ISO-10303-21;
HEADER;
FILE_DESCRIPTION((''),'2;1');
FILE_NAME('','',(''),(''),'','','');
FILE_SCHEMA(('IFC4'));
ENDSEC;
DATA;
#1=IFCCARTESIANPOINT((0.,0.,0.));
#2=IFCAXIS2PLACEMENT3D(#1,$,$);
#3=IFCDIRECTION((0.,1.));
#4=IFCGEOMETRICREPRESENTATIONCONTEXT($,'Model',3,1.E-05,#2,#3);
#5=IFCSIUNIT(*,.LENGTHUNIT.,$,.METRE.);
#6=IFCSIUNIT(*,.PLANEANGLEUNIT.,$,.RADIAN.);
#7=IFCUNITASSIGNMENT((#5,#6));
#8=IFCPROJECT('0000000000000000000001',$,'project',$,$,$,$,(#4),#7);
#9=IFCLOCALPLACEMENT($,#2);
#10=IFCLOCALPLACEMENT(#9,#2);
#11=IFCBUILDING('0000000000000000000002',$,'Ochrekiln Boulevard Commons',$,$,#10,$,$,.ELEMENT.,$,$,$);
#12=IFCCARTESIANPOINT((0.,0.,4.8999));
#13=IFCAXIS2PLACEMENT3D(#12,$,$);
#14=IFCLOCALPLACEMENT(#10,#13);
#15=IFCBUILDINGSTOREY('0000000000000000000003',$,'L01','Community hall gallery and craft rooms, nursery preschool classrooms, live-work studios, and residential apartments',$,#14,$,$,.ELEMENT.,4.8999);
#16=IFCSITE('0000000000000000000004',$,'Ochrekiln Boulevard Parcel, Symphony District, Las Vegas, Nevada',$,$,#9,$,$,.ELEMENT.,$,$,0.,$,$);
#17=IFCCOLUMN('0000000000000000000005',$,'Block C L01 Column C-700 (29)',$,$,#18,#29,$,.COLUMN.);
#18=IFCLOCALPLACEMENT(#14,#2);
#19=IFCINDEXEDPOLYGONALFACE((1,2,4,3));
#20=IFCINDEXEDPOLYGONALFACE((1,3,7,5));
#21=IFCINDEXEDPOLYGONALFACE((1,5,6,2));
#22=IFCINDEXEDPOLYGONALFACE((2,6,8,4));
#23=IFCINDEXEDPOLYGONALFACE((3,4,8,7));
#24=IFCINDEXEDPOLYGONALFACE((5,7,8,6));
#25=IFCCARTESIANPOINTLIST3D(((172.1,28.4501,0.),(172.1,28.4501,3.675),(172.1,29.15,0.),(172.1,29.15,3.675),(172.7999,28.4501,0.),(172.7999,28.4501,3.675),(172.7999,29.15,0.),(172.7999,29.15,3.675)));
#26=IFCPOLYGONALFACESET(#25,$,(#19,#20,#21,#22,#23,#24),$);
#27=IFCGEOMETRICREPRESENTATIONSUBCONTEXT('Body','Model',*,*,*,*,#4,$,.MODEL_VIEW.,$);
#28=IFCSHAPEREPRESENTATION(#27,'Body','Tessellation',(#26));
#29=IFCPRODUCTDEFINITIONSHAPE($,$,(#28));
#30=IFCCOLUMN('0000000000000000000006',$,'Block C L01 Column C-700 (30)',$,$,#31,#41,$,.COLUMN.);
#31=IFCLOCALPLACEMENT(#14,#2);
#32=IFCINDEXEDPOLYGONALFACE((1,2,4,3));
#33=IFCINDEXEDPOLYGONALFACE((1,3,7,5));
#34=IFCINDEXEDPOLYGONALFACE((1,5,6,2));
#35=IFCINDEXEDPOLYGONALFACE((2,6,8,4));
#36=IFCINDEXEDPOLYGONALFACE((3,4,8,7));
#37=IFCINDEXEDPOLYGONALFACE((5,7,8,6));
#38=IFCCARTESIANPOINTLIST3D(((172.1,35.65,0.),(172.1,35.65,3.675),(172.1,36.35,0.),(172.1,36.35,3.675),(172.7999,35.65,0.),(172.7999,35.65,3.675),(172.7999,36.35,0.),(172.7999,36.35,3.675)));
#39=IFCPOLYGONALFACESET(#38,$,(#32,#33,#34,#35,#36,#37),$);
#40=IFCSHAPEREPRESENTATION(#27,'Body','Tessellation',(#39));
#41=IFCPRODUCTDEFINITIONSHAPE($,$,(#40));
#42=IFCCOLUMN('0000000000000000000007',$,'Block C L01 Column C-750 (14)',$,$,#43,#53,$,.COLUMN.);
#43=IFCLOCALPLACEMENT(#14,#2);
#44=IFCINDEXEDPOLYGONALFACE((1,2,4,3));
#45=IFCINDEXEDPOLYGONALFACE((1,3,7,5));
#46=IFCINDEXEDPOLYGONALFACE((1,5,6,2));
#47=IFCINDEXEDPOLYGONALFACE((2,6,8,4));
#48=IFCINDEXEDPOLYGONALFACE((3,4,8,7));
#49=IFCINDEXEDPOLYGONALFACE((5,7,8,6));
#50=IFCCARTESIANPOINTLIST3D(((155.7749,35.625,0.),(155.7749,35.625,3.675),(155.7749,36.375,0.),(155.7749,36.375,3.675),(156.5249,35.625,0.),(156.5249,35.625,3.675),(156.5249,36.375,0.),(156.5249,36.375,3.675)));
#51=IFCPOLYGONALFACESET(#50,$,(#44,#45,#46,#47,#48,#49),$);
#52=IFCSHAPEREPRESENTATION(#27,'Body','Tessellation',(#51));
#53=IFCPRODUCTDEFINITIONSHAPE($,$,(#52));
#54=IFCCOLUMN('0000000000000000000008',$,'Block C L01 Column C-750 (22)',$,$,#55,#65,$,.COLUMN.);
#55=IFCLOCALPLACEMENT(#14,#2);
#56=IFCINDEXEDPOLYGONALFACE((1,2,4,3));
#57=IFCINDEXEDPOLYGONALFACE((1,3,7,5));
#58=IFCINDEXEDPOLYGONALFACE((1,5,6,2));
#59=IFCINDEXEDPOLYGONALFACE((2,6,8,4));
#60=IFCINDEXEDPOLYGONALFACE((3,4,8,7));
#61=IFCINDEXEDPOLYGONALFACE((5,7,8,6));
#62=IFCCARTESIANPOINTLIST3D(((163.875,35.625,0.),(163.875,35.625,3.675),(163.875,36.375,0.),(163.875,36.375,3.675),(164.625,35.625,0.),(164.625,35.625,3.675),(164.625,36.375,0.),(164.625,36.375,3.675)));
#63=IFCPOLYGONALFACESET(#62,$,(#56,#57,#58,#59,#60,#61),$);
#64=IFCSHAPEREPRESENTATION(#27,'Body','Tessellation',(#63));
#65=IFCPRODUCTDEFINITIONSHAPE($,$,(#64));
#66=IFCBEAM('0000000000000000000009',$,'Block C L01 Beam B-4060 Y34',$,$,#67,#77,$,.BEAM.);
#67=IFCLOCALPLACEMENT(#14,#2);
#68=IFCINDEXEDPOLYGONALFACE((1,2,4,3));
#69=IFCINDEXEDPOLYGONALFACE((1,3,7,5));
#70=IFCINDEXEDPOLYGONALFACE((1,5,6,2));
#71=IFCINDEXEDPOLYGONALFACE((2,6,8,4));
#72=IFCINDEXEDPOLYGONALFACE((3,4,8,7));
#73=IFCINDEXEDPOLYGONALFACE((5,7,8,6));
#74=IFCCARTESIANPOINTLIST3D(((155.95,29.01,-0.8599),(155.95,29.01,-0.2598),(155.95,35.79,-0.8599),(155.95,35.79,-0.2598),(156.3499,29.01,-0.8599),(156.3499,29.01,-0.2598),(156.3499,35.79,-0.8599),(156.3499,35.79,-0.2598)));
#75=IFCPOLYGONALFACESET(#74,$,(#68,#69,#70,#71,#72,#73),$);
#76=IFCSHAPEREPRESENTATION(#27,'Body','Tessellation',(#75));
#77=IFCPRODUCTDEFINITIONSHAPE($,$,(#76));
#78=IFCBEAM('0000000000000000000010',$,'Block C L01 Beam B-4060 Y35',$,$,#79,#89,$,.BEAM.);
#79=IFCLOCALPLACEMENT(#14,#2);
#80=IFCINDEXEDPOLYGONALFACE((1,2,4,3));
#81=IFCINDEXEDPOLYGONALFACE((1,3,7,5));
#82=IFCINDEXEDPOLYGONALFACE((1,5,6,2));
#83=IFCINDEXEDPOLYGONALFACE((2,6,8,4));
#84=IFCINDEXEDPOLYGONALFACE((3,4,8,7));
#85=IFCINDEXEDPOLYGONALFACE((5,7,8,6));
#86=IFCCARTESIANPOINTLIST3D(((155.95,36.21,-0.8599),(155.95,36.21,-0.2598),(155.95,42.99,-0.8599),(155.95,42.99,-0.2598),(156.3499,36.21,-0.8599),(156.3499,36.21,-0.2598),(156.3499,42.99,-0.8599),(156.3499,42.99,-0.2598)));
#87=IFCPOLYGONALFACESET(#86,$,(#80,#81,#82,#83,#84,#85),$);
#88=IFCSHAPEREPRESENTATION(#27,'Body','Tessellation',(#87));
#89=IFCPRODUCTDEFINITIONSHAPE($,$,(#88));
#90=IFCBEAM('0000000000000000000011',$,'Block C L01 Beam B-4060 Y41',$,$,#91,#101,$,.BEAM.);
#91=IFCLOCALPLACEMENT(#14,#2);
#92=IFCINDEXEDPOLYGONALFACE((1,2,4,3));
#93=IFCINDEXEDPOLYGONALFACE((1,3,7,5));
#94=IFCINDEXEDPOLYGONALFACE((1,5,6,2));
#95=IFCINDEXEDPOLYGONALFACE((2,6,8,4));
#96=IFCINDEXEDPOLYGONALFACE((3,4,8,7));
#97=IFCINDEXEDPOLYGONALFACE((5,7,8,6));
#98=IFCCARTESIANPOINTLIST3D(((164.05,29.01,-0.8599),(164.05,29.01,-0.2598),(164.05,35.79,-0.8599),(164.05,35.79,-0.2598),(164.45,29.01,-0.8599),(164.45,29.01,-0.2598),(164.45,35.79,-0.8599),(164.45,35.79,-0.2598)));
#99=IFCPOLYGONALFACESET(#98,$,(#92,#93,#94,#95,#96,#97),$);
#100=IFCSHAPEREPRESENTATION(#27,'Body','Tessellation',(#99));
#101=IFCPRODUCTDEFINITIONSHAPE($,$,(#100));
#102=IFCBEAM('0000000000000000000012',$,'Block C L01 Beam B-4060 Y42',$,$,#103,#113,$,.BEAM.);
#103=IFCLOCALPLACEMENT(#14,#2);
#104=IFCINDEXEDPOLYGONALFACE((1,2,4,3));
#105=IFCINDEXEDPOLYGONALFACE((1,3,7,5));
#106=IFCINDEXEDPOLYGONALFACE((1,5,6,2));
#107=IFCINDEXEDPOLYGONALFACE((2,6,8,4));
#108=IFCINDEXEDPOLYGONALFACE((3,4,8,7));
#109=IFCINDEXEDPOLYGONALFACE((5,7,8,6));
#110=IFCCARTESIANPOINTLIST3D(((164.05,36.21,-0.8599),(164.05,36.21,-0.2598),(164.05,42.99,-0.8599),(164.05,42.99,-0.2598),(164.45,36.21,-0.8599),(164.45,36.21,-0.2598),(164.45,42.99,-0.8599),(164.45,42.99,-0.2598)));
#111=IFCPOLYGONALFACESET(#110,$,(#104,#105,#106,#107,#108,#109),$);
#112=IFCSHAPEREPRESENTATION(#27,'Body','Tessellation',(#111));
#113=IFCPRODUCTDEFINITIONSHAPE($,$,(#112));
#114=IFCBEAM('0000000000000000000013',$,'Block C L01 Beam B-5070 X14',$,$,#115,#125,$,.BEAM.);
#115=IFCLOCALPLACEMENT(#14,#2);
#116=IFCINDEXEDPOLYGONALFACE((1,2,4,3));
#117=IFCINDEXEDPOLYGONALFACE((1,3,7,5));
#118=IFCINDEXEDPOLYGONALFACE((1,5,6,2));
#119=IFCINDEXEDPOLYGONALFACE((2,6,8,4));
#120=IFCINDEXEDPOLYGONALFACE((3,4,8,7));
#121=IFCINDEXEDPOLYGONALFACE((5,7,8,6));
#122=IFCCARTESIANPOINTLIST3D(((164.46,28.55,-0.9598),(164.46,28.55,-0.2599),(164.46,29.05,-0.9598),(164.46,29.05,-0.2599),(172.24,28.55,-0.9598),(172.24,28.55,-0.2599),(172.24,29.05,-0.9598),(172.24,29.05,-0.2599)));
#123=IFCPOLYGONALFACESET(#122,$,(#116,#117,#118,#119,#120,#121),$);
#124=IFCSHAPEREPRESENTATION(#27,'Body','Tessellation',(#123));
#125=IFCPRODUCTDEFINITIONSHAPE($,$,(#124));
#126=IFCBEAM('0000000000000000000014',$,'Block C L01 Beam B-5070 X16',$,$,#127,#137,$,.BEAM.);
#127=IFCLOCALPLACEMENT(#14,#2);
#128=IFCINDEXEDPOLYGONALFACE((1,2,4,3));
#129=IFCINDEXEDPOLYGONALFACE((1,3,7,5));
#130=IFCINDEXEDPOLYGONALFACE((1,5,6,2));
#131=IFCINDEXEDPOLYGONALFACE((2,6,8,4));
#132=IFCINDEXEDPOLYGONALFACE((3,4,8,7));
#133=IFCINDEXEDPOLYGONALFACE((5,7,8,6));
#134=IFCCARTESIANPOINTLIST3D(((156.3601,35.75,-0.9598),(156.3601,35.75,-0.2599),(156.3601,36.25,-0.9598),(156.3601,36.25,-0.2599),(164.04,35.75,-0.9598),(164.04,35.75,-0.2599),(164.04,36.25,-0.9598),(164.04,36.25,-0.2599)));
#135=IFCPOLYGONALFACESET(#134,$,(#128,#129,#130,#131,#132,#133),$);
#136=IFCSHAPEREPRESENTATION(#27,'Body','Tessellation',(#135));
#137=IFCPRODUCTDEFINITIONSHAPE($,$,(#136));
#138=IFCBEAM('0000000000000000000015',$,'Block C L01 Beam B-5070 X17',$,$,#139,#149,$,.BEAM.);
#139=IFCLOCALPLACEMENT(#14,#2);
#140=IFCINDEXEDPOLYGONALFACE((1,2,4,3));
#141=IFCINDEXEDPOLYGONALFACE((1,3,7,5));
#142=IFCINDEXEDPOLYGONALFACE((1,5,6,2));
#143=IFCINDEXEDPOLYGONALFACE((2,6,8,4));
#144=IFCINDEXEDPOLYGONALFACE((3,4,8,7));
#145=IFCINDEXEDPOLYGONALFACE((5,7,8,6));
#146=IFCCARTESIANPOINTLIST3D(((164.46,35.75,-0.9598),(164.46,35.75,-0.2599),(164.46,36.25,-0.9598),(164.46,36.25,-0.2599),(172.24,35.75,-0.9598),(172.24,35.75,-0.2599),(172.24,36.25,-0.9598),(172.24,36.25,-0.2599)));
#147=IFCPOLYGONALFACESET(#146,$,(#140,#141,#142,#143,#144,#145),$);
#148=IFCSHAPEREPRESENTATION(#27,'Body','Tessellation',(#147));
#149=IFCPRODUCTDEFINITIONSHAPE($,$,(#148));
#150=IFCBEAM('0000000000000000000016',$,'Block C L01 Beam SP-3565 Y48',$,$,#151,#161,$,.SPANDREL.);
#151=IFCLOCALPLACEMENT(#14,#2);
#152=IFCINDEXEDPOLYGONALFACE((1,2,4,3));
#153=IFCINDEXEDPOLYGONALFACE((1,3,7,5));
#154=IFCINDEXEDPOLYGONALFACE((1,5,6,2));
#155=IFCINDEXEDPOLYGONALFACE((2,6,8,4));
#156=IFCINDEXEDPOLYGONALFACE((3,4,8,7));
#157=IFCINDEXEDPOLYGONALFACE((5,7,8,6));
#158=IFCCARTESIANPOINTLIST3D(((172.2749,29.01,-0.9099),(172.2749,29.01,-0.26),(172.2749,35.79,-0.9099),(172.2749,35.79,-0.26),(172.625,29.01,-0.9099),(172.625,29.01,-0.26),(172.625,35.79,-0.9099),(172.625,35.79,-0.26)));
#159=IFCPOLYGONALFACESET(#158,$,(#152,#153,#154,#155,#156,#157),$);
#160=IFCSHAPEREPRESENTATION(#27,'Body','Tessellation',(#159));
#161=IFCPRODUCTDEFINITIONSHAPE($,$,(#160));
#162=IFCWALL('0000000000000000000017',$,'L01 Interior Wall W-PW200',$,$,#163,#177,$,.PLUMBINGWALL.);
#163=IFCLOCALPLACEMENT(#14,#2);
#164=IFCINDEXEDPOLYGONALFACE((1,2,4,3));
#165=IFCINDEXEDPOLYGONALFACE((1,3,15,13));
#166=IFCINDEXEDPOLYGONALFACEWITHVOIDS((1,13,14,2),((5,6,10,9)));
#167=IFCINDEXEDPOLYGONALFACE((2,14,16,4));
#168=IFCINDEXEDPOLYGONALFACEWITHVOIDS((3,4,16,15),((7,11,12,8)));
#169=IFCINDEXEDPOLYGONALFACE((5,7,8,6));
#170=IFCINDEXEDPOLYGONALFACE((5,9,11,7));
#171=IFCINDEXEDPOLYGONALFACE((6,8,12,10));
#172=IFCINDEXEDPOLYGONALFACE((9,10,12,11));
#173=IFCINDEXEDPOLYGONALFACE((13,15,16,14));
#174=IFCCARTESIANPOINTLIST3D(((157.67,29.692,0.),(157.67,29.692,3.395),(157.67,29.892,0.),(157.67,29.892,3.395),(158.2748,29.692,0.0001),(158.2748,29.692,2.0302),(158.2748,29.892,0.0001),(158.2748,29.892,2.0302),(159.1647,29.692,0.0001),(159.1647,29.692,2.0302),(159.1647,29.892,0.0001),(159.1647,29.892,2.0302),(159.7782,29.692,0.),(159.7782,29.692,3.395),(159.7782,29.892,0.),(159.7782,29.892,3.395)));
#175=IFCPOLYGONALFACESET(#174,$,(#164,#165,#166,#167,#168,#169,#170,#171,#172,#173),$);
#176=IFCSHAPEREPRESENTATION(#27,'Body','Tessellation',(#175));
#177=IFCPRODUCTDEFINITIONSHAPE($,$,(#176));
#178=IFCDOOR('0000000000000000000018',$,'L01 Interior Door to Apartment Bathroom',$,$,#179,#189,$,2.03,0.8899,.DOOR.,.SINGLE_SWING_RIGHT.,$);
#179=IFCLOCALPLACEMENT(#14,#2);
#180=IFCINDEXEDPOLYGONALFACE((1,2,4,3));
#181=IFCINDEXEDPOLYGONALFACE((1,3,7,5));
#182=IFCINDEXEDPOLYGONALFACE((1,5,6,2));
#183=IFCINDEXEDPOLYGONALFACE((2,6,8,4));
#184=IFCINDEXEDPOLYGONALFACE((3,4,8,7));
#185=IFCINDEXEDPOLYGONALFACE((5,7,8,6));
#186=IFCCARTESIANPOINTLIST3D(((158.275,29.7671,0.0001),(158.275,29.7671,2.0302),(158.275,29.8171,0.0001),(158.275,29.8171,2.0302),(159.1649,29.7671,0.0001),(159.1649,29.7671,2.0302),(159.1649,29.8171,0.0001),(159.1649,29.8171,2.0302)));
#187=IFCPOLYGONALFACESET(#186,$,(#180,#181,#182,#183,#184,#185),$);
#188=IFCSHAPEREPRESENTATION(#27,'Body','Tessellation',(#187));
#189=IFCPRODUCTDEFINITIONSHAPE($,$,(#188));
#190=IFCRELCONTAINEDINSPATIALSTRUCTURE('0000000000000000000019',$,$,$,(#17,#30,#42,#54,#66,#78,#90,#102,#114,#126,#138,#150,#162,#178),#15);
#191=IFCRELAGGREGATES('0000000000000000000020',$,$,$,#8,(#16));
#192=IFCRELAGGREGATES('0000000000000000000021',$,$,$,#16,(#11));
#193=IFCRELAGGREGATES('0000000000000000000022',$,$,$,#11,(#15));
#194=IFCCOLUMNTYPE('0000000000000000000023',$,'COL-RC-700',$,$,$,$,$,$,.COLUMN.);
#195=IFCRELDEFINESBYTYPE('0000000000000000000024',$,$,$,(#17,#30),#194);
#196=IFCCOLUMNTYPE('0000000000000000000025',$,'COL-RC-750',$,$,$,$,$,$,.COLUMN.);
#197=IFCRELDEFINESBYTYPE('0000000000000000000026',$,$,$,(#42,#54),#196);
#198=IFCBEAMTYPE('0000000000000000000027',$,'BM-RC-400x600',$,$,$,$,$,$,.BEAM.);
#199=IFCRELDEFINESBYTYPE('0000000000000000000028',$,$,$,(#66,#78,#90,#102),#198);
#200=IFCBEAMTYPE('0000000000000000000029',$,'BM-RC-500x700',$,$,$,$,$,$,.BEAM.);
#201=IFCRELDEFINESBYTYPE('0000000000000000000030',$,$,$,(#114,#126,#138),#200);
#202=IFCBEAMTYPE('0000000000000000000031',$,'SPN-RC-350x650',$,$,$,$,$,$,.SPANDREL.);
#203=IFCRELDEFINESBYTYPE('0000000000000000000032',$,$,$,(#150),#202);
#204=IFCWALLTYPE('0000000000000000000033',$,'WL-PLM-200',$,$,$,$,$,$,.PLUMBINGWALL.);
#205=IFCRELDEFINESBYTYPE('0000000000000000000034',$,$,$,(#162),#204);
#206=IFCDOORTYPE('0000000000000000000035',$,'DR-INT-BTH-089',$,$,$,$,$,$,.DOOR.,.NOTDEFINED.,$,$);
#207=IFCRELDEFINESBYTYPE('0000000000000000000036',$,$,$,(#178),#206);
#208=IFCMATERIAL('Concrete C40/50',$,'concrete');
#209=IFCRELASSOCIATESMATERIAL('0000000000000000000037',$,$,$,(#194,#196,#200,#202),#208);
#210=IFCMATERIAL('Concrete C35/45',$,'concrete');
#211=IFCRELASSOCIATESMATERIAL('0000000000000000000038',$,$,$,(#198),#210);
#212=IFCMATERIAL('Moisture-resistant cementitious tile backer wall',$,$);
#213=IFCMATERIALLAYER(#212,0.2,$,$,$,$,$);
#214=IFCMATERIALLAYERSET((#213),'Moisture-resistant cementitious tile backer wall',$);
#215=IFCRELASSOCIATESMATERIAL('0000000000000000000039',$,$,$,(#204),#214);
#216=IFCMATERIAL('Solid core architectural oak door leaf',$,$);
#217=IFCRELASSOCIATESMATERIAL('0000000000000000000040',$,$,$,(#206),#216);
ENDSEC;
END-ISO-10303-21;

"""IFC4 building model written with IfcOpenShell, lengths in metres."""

from ifc_helpers import new_model, si_unit, direction, frame, frame_2d, origin, origin_2d, place, context, subcontext, project, spatial, rectangle, extrude, material, layer, layer_set, material_profile, profile_set, type_object, element, fill, save


model = new_model("IFC4")

# Units and contexts
model_context = context("Model", 3, precision=1e-05, world=origin(), true_north=direction((0.0, 1.0)))
body_context = subcontext(model_context, "Body", "Model", "MODEL_VIEW")
ifc_project = project(units=[si_unit("LENGTHUNIT", "METRE"), si_unit("PLANEANGLEUNIT", "RADIAN")], contexts=[model_context])

# Site, building, storey
site_placement = place(None, origin())
site = spatial("IfcSite", under=ifc_project, at=site_placement, Name="Ochrekiln Boulevard Parcel, Symphony District, Las Vegas, Nevada", CompositionType="ELEMENT", RefElevation=0.0)
building_placement = place(site_placement, origin())
building = spatial("IfcBuilding", under=site, at=building_placement, Name="Ochrekiln Boulevard Commons", CompositionType="ELEMENT")
storey_placement = place(building_placement, frame((0.0, 0.0, 4.8999)))
storey = spatial("IfcBuildingStorey", under=building, at=storey_placement, Name="L01", Description="Community hall gallery and craft rooms, nursery preschool classrooms, live-work studios, and residential apartments", CompositionType="ELEMENT", Elevation=4.8999)

# Columns
ifc_material_1 = material(Name="Concrete C40/50", Category="concrete")
ifc_material_profile_1 = material_profile(ifc_material_1, rectangle(XDim=0.7, YDim=0.7, at=origin_2d()), Name="RC-COL-700x700")
ifc_profile_set_1 = profile_set([ifc_material_profile_1], Name="Concrete C40/50")
column_type_1 = type_object("IfcColumnType", Name="COL-RC-700", PredefinedType="COLUMN", material=ifc_profile_set_1)
for number, where, z_axis, x_axis, name in (
    (1, (172.45, 28.8, 0.0), (0.0, 0.0, 1.0), (1.0, 0.0, 0.0), "Block C L01 Column C-700 (29)"),
    (2, (172.45, 36.0, 0.0), (0.0, 0.0, 1.0), (1.0, 0.0, 0.0), "Block C L01 Column C-700 (30)"),
):
    element("IfcColumn", number, at=place(storey_placement, frame(where, z_axis=z_axis, x_axis=x_axis)), inside=storey, type_object=column_type_1, Name=name, PredefinedType="COLUMN", context=body_context, shape_type="SweptSolid", body=[
        extrude(rectangle(XDim=0.7, YDim=0.7, at=origin_2d()), origin(), (0.0, 0.0, 1.0), 3.675),
    ])
ifc_material_profile_2 = material_profile(ifc_material_1, rectangle(XDim=0.75, YDim=0.75, at=origin_2d()), Name="RC-COL-750x750")
ifc_profile_set_2 = profile_set([ifc_material_profile_2], Name="Concrete C40/50")
column_type_2 = type_object("IfcColumnType", Name="COL-RC-750", PredefinedType="COLUMN", material=ifc_profile_set_2)
for number, where, z_axis, x_axis, name in (
    (3, (156.1499, 36.0, 0.0), (0.0, 0.0, 1.0), (1.0, 0.0, 0.0), "Block C L01 Column C-750 (14)"),
    (4, (164.25, 36.0, 0.0), (0.0, 0.0, 1.0), (1.0, 0.0, 0.0), "Block C L01 Column C-750 (22)"),
):
    element("IfcColumn", number, at=place(storey_placement, frame(where, z_axis=z_axis, x_axis=x_axis)), inside=storey, type_object=column_type_2, Name=name, PredefinedType="COLUMN", context=body_context, shape_type="SweptSolid", body=[
        extrude(rectangle(XDim=0.75, YDim=0.75, at=origin_2d()), origin(), (0.0, 0.0, 1.0), 3.675),
    ])

# Beams
ifc_material_2 = material(Name="Concrete C35/45", Category="concrete")
ifc_material_profile_3 = material_profile(ifc_material_2, rectangle(XDim=0.3999, YDim=0.6001, at=origin_2d()), Name="RC-BM-400x600")
ifc_profile_set_3 = profile_set([ifc_material_profile_3], Name="Concrete C35/45")
beam_type_1 = type_object("IfcBeamType", Name="BM-RC-400x600", PredefinedType="BEAM", material=ifc_profile_set_3)
for number, where, z_axis, x_axis, name in (
    (5, (156.1499, 29.01, -0.5598), (0.0, 1.0, 0.0), (-1.0, 0.0, 0.0), "Block C L01 Beam B-4060 Y34"),
    (6, (156.1499, 36.21, -0.5598), (0.0, 1.0, 0.0), (-1.0, 0.0, 0.0), "Block C L01 Beam B-4060 Y35"),
    (7, (164.25, 29.01, -0.5598), (0.0, 1.0, 0.0), (-1.0, 0.0, 0.0), "Block C L01 Beam B-4060 Y41"),
    (8, (164.25, 36.21, -0.5598), (0.0, 1.0, 0.0), (-1.0, 0.0, 0.0), "Block C L01 Beam B-4060 Y42"),
):
    element("IfcBeam", number, at=place(storey_placement, frame(where, z_axis=z_axis, x_axis=x_axis)), inside=storey, type_object=beam_type_1, Name=name, PredefinedType="BEAM", context=body_context, shape_type="SweptSolid", body=[
        extrude(rectangle(XDim=0.3999, YDim=0.6001, at=origin_2d()), origin(), (0.0, 0.0, 1.0), 6.78),
    ])
ifc_material_profile_4 = material_profile(ifc_material_1, rectangle(XDim=0.5, YDim=0.7, at=origin_2d()), Name="RC-BM-500x700")
ifc_profile_set_4 = profile_set([ifc_material_profile_4], Name="Concrete C40/50")
beam_type_2 = type_object("IfcBeamType", Name="BM-RC-500x700", PredefinedType="BEAM", material=ifc_profile_set_4)
beam_1_placement = place(storey_placement, frame((164.46, 28.8, -0.6099), z_axis=(1.0, 0.0, 0.0), x_axis=(0.0, 1.0, 0.0)))
element("IfcBeam", 9, at=beam_1_placement, inside=storey, type_object=beam_type_2, Name="Block C L01 Beam B-5070 X14", PredefinedType="BEAM", context=body_context, shape_type="SweptSolid", body=[
    extrude(rectangle(XDim=0.5, YDim=0.7, at=origin_2d()), origin(), (0.0, 0.0, 1.0), 7.78),
])
beam_2_placement = place(storey_placement, frame((156.3601, 36.0, -0.6099), z_axis=(1.0, 0.0, 0.0), x_axis=(0.0, 1.0, 0.0)))
element("IfcBeam", 10, at=beam_2_placement, inside=storey, type_object=beam_type_2, Name="Block C L01 Beam B-5070 X16", PredefinedType="BEAM", context=body_context, shape_type="SweptSolid", body=[
    extrude(rectangle(XDim=0.5, YDim=0.7, at=origin_2d()), origin(), (0.0, 0.0, 1.0), 7.6799),
])
beam_3_placement = place(storey_placement, frame((164.46, 36.0, -0.6099), z_axis=(1.0, 0.0, 0.0), x_axis=(0.0, 1.0, 0.0)))
element("IfcBeam", 11, at=beam_3_placement, inside=storey, type_object=beam_type_2, Name="Block C L01 Beam B-5070 X17", PredefinedType="BEAM", context=body_context, shape_type="SweptSolid", body=[
    extrude(rectangle(XDim=0.5, YDim=0.7, at=origin_2d()), origin(), (0.0, 0.0, 1.0), 7.78),
])
ifc_material_profile_5 = material_profile(ifc_material_1, rectangle(XDim=0.3501, YDim=0.6499, at=origin_2d()), Name="RC-SPN-350x650")
ifc_profile_set_5 = profile_set([ifc_material_profile_5], Name="Concrete C40/50")
beam_type_3 = type_object("IfcBeamType", Name="SPN-RC-350x650", PredefinedType="SPANDREL", material=ifc_profile_set_5)
beam_4_placement = place(storey_placement, frame((172.45, 29.01, -0.585), z_axis=(0.0, 1.0, 0.0), x_axis=(-1.0, 0.0, 0.0)))
element("IfcBeam", 12, at=beam_4_placement, inside=storey, type_object=beam_type_3, Name="Block C L01 Beam SP-3565 Y48", PredefinedType="SPANDREL", context=body_context, shape_type="SweptSolid", body=[
    extrude(rectangle(XDim=0.3501, YDim=0.6499, at=origin_2d()), origin(), (0.0, 0.0, 1.0), 6.78),
])

# Wall, opening, door
ifc_material_3 = material(Name="Moisture-resistant cementitious tile backer wall")
ifc_layer_1 = layer(ifc_material_3, 0.2)
ifc_layer_set_1 = layer_set([ifc_layer_1], Name="Moisture-resistant cementitious tile backer wall")
wall_type_1 = type_object("IfcWallType", Name="WL-PLM-200", PredefinedType="PLUMBINGWALL", material=ifc_layer_set_1)
wall_1_placement = place(storey_placement, frame((157.6699, 29.792, 0.0), z_axis=(0.0, 0.0, 1.0), x_axis=(1.0, 0.0, 0.0)))
wall_1 = element("IfcWall", 13, at=wall_1_placement, inside=storey, type_object=wall_type_1, Name="L01 Interior Wall W-PW200", PredefinedType="PLUMBINGWALL", context=body_context, shape_type="SweptSolid", body=[
    extrude(rectangle(XDim=2.1082, YDim=0.2, at=frame_2d((1.0542, 0.0))), origin(), (0.0, 0.0, 1.0), 3.395),
])
opening_1_placement = place(wall_1_placement, frame((0.605, 0.0, 0.0)))
opening_1 = element("IfcOpeningElement", 14, at=opening_1_placement, cuts=wall_1, PredefinedType="OPENING", context=body_context, shape_type="SweptSolid", body=[
    extrude(rectangle(XDim=0.8899, YDim=2.03, at=frame_2d((0.4448, 1.0151))), frame((0.0, 0.1099, 0.0), z_axis=(0.0, -1.0, 0.0), x_axis=(1.0, 0.0, 0.0)), (0.0, 0.0, 1.0), 0.22),
])
ifc_material_4 = material(Name="Solid core architectural oak door leaf")
door_type_1 = type_object("IfcDoorType", Name="DR-INT-BTH-089", OperationType="NOTDEFINED", PredefinedType="DOOR", material=ifc_material_4)
door_1_placement = place(opening_1_placement, frame((0.8899, 0.0, 0.0), z_axis=(0.0, 0.0, 1.0), x_axis=(-1.0, 0.0, 0.0)))
door_1 = element("IfcDoor", 15, at=door_1_placement, inside=storey, type_object=door_type_1, Name="L01 Interior Door to Apartment Bathroom", OperationType="SINGLE_SWING_RIGHT", OverallHeight=2.03, OverallWidth=0.8899, PredefinedType="DOOR", context=body_context, shape_type="SweptSolid", body=[
    extrude(rectangle(XDim=0.8899, YDim=2.03, at=frame_2d((0.4448, 1.0151))), frame((0.0, 0.0249, 0.0), z_axis=(0.0, -1.0, 0.0), x_axis=(1.0, 0.0, 0.0)), (0.0, 0.0, 1.0), 0.05),
])
fill(opening_1, door_1)

save(model, "model.ifc")
